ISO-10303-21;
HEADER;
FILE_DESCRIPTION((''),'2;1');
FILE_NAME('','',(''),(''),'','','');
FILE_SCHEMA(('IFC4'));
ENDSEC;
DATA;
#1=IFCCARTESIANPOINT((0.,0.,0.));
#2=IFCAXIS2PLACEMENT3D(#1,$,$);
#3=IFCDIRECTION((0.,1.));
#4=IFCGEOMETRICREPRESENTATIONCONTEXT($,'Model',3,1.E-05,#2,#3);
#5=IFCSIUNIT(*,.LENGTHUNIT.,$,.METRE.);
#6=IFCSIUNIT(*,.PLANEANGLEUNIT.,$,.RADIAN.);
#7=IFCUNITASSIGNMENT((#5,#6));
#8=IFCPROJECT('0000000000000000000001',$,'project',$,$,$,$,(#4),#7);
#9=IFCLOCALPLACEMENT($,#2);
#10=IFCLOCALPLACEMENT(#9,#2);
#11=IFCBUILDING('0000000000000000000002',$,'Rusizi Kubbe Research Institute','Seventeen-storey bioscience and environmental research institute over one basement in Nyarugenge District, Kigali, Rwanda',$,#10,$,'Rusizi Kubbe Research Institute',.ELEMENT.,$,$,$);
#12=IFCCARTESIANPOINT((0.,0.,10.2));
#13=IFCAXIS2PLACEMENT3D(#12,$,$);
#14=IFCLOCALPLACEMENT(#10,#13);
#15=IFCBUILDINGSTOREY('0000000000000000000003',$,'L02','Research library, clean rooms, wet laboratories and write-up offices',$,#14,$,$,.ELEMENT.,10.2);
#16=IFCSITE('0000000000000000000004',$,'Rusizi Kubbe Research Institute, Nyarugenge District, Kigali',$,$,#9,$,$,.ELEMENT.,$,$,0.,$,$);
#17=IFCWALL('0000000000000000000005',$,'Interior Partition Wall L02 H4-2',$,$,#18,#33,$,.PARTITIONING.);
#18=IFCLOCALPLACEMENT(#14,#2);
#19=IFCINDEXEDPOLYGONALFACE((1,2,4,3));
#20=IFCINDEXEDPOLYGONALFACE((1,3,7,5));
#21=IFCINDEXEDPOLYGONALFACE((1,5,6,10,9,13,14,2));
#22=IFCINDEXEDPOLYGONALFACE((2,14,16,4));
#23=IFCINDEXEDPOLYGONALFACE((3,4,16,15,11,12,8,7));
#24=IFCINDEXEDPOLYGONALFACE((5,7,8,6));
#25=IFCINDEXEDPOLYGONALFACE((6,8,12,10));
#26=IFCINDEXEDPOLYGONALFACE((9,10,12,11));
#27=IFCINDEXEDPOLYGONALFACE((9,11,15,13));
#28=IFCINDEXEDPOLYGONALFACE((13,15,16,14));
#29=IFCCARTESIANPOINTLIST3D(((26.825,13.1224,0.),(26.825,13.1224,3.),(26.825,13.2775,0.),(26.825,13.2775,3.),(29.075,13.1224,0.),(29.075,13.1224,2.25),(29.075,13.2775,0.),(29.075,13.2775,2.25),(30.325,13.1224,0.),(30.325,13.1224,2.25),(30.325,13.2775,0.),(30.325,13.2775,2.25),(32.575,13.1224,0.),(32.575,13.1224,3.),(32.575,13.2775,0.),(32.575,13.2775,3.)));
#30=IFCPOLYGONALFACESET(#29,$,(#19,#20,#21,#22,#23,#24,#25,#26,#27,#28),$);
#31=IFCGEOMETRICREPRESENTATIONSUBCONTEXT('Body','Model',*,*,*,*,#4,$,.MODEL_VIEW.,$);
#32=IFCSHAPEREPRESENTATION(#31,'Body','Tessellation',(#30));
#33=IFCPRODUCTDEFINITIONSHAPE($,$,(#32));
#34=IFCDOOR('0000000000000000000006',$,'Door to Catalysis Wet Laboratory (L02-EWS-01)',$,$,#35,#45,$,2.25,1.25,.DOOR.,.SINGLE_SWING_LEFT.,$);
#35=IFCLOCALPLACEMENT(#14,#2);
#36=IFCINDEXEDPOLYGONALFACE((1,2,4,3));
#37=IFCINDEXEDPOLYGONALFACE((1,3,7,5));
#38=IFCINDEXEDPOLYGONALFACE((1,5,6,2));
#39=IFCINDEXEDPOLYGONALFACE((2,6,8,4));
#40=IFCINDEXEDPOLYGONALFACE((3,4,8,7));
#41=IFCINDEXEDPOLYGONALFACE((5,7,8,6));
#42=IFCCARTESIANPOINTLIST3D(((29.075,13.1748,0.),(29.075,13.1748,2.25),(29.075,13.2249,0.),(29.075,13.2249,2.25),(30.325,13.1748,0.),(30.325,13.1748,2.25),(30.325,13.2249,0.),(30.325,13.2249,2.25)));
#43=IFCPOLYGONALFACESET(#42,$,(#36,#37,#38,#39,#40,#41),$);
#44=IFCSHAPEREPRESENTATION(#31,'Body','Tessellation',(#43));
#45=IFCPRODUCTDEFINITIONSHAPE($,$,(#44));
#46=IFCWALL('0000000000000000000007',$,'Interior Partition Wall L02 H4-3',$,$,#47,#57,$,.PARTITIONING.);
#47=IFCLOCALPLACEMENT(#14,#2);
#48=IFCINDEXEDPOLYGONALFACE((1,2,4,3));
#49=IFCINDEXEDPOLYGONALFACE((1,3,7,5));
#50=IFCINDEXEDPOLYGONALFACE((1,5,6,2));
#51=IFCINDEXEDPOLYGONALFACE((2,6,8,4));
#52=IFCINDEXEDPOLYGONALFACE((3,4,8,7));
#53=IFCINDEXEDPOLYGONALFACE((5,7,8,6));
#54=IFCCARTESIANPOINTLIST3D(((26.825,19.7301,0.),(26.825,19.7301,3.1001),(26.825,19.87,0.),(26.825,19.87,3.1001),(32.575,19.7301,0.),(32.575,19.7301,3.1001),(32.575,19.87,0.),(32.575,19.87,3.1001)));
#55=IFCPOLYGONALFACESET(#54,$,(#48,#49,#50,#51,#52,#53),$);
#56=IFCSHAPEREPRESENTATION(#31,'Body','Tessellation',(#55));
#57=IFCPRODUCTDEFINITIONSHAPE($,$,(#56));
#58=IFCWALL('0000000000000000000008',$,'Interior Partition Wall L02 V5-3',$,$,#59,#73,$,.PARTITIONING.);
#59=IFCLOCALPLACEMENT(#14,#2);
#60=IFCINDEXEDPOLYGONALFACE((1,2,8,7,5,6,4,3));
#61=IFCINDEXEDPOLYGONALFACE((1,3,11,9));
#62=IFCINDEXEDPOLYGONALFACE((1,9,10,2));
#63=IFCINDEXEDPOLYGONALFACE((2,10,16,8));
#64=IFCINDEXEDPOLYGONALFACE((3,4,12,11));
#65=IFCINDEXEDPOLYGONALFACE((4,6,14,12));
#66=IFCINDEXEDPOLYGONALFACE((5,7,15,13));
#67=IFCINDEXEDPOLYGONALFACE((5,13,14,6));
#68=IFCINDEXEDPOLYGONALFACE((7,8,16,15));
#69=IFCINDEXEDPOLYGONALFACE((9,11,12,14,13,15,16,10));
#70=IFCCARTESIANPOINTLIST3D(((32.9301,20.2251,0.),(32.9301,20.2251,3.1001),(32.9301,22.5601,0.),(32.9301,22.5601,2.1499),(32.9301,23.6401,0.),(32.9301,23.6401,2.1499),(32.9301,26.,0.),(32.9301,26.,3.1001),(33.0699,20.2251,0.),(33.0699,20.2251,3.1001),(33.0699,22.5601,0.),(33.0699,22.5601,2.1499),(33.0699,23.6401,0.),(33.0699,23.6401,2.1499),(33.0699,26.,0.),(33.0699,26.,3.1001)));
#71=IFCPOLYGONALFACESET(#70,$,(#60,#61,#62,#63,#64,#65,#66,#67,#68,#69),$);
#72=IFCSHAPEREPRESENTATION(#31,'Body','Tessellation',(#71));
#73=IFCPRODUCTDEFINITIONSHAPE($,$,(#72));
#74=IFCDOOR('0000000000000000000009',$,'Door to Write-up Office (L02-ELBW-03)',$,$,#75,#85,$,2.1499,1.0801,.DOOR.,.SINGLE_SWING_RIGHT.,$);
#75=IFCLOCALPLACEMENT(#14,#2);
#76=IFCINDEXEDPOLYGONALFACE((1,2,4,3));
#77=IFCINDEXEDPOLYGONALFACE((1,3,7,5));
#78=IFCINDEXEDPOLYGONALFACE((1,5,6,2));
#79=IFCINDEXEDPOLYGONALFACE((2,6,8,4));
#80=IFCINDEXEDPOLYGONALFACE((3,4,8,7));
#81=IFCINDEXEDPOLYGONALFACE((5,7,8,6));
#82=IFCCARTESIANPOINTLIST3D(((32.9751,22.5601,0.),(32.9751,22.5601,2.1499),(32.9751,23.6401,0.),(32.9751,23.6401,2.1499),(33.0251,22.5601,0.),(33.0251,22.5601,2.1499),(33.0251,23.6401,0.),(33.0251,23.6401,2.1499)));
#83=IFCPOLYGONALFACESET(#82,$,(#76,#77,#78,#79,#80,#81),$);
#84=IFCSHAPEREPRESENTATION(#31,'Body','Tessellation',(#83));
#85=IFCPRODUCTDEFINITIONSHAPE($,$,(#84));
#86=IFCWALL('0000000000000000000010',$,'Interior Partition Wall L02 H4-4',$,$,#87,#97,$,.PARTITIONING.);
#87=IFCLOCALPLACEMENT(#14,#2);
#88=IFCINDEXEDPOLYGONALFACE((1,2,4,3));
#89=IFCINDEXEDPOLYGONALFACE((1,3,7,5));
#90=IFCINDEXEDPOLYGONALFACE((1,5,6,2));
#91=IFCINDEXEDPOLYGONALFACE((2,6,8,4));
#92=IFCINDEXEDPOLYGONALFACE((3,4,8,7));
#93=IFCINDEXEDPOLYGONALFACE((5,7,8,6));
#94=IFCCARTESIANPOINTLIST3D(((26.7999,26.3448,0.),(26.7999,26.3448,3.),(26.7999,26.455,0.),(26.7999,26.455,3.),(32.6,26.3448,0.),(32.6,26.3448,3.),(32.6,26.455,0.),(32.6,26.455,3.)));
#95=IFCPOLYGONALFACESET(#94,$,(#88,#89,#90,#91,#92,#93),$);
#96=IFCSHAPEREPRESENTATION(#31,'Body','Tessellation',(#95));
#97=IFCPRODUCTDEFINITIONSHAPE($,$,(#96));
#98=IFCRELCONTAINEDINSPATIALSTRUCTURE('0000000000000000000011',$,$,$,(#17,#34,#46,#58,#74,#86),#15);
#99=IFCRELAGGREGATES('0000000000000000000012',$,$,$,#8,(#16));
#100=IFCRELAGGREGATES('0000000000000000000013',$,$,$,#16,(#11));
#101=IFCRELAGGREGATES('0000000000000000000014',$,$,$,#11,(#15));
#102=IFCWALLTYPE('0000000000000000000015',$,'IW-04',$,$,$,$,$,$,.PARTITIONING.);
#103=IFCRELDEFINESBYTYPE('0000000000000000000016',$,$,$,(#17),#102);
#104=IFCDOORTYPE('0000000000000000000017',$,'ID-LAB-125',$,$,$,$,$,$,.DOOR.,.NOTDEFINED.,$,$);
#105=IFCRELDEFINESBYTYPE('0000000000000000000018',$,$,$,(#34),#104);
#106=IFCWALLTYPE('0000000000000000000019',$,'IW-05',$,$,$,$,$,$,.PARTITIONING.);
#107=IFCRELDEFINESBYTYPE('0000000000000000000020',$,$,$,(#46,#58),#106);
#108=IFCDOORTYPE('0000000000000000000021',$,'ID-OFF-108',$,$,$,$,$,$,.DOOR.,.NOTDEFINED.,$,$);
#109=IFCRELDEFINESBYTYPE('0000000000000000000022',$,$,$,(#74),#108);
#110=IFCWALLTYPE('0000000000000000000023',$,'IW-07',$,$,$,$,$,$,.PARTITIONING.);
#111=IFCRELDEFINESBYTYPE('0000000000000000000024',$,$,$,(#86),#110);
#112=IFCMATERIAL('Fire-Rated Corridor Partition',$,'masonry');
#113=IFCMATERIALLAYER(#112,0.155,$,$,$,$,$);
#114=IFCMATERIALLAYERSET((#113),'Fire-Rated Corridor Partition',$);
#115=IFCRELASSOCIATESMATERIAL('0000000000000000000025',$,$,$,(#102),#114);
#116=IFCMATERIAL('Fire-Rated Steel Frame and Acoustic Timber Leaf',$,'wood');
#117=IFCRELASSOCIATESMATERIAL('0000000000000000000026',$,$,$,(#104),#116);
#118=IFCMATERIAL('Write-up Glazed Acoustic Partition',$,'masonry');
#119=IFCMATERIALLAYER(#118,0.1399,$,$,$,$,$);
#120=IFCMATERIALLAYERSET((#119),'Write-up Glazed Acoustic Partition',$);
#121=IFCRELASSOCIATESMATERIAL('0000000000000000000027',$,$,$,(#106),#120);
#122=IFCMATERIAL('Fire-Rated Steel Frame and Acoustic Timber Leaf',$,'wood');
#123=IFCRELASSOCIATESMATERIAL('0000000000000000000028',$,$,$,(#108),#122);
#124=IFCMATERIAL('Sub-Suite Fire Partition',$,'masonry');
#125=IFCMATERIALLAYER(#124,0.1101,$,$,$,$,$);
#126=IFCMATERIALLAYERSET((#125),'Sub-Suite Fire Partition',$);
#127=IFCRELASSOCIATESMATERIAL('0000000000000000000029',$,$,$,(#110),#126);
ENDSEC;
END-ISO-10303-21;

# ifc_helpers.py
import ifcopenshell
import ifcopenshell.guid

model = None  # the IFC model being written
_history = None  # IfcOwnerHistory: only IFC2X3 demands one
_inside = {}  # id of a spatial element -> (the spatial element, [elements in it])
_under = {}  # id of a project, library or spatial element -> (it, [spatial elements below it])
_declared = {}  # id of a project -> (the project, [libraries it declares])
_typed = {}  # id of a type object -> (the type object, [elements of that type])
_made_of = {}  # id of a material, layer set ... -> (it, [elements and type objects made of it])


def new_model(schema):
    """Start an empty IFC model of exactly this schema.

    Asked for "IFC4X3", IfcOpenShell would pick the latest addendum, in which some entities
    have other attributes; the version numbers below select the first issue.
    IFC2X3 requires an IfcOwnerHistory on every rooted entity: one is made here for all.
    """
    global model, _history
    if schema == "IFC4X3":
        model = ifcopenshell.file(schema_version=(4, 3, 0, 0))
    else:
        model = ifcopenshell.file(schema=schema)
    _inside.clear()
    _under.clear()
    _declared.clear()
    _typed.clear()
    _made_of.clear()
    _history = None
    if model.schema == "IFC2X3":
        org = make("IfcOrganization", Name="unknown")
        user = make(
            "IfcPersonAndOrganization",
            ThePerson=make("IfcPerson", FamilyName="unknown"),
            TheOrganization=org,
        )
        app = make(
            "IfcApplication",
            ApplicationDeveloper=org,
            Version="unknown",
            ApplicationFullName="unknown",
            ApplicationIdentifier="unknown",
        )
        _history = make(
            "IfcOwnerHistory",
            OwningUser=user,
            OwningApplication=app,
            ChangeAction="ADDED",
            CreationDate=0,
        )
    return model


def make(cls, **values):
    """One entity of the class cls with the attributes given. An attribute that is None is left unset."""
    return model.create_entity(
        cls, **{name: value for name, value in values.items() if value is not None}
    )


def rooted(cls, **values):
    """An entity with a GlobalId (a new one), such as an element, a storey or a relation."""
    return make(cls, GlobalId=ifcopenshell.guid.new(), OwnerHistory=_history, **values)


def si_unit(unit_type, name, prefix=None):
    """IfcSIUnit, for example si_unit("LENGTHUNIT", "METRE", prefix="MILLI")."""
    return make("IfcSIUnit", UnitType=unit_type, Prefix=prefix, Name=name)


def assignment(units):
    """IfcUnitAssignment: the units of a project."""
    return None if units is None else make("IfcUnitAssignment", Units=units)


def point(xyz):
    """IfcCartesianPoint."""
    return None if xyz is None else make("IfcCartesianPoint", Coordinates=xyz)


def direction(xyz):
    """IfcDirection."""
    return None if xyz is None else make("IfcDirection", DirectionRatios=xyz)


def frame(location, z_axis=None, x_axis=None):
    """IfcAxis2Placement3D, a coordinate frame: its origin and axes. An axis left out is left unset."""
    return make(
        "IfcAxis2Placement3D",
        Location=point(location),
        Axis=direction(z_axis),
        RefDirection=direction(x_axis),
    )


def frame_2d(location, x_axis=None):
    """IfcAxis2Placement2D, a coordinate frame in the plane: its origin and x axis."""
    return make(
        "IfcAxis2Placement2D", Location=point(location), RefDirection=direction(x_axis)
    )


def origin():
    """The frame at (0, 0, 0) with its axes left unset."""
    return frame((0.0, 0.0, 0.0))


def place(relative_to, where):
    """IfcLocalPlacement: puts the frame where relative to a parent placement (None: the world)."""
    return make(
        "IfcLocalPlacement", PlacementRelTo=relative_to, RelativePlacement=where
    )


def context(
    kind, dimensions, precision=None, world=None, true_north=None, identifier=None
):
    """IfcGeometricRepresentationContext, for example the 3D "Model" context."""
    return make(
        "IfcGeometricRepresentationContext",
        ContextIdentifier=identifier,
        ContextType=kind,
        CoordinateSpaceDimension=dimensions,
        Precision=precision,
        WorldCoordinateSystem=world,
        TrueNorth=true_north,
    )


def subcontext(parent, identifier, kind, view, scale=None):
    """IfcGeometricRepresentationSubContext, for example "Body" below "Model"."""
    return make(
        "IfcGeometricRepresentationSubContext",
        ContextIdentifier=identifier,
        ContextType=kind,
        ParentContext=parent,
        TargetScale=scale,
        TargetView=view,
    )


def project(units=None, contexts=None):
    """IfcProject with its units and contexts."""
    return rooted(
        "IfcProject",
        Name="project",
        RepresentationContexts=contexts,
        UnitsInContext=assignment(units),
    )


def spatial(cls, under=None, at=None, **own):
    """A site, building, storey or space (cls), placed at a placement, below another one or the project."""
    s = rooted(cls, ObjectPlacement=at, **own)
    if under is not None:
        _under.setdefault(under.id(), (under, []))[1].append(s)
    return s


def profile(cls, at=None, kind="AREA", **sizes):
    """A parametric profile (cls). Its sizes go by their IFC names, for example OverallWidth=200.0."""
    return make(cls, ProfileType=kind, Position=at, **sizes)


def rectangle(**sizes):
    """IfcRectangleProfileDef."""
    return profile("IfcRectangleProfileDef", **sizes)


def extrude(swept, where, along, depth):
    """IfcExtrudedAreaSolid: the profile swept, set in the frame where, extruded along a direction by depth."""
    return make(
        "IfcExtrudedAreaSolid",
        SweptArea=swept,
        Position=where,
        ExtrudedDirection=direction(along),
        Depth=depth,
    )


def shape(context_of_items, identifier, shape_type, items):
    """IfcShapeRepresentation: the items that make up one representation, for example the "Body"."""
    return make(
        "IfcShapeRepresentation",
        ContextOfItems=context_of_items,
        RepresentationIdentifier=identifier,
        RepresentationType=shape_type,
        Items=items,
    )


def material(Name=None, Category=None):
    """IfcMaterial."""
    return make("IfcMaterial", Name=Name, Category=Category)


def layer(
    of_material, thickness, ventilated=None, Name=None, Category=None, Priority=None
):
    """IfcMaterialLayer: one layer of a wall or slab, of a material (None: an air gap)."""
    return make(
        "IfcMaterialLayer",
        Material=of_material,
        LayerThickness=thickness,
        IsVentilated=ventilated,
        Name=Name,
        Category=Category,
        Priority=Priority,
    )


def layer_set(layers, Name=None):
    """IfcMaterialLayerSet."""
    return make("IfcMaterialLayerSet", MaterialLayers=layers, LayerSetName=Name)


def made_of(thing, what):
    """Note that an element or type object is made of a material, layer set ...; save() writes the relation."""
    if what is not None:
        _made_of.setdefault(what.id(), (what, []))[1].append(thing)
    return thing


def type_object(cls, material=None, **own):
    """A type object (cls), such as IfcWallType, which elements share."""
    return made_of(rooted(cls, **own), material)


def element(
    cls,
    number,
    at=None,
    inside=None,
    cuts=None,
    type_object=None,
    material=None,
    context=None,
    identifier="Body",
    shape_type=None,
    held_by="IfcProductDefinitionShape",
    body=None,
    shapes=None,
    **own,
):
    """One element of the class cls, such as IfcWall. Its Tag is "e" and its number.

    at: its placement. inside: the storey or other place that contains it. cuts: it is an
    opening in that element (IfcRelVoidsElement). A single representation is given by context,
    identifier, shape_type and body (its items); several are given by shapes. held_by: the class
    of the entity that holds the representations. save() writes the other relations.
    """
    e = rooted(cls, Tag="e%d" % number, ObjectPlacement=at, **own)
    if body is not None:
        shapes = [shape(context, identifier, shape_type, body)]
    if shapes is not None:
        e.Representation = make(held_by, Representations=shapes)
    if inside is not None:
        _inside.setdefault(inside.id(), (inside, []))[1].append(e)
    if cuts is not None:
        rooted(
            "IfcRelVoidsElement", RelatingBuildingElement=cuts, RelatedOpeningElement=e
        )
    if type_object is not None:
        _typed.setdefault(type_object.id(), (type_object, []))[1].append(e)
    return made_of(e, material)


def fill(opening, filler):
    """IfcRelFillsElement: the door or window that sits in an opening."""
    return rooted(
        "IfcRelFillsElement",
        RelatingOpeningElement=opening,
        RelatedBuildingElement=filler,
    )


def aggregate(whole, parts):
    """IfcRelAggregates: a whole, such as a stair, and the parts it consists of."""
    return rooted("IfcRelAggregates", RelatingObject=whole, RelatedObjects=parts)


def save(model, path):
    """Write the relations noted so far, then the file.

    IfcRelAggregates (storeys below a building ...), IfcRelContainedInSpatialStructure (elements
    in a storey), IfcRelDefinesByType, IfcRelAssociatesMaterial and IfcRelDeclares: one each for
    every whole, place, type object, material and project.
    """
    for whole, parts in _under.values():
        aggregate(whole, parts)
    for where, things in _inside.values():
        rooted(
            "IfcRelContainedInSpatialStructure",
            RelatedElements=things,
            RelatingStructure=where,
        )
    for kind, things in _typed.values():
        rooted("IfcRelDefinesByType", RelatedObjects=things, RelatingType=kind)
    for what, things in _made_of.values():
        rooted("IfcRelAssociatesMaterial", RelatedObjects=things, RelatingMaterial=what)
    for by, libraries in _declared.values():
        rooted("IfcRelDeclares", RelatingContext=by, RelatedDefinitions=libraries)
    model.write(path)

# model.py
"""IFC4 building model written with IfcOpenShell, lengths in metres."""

from ifc_helpers import new_model, si_unit, direction, frame, frame_2d, origin, place, context, subcontext, project, spatial, rectangle, extrude, material, layer, layer_set, type_object, element, fill, save


model = new_model("IFC4")

# Units and contexts
model_context = context("Model", 3, precision=1e-05, world=origin(), true_north=direction((0.0, 1.0)))
body_context = subcontext(model_context, "Body", "Model", "MODEL_VIEW")
ifc_project = project(units=[si_unit("LENGTHUNIT", "METRE"), si_unit("PLANEANGLEUNIT", "RADIAN")], contexts=[model_context])

# Site, building, storey
site_placement = place(None, origin())
site = spatial("IfcSite", under=ifc_project, at=site_placement, Name="Rusizi Kubbe Research Institute, Nyarugenge District, Kigali", CompositionType="ELEMENT", RefElevation=0.0)
building_placement = place(site_placement, origin())
building = spatial("IfcBuilding", under=site, at=building_placement, Name="Rusizi Kubbe Research Institute", Description="Seventeen-storey bioscience and environmental research institute over one basement in Nyarugenge District, Kigali, Rwanda", LongName="Rusizi Kubbe Research Institute", CompositionType="ELEMENT")
storey_placement = place(building_placement, frame((0.0, 0.0, 10.2)))
storey = spatial("IfcBuildingStorey", under=building, at=storey_placement, Name="L02", Description="Research library, clean rooms, wet laboratories and write-up offices", CompositionType="ELEMENT", Elevation=10.2)

# Wall, opening, door
ifc_material_1 = material(Name="Fire-Rated Corridor Partition", Category="masonry")
ifc_layer_1 = layer(ifc_material_1, 0.155)
ifc_layer_set_1 = layer_set([ifc_layer_1], Name="Fire-Rated Corridor Partition")
wall_type_1 = type_object("IfcWallType", Name="IW-04", PredefinedType="PARTITIONING", material=ifc_layer_set_1)
wall_1_placement = place(storey_placement, frame((26.825, 13.2, 0.0), z_axis=(0.0, 0.0, 1.0), x_axis=(1.0, 0.0, 0.0)))
wall_1 = element("IfcWall", 1, at=wall_1_placement, inside=storey, type_object=wall_type_1, Name="Interior Partition Wall L02 H4-2", PredefinedType="PARTITIONING", context=body_context, shape_type="SweptSolid", body=[
    extrude(rectangle(XDim=5.75, YDim=0.155, at=frame_2d((2.875, 0.0))), origin(), (0.0, 0.0, 1.0), 3.0),
])
opening_1_placement = place(wall_1_placement, frame((2.25, 0.0, 0.0)))
opening_1 = element("IfcOpeningElement", 2, at=opening_1_placement, cuts=wall_1, PredefinedType="OPENING", context=body_context, shape_type="SweptSolid", body=[
    extrude(rectangle(XDim=1.25, YDim=2.25, at=frame_2d((0.625, 1.125))), frame((0.0, 0.0874, 0.0), z_axis=(0.0, -1.0, 0.0), x_axis=(1.0, 0.0, 0.0)), (0.0, 0.0, 1.0), 0.175),
])
ifc_material_2 = material(Name="Fire-Rated Steel Frame and Acoustic Timber Leaf", Category="wood")
door_type_1 = type_object("IfcDoorType", Name="ID-LAB-125", OperationType="NOTDEFINED", PredefinedType="DOOR", material=ifc_material_2)
door_1_placement = place(opening_1_placement, origin())
door_1 = element("IfcDoor", 3, at=door_1_placement, inside=storey, type_object=door_type_1, Name="Door to Catalysis Wet Laboratory (L02-EWS-01)", OperationType="SINGLE_SWING_LEFT", OverallHeight=2.25, OverallWidth=1.25, PredefinedType="DOOR", context=body_context, shape_type="SweptSolid", body=[
    extrude(rectangle(XDim=1.25, YDim=2.25, at=frame_2d((0.625, 1.125))), frame((0.0, 0.0249, 0.0), z_axis=(0.0, -1.0, 0.0), x_axis=(1.0, 0.0, 0.0)), (0.0, 0.0, 1.0), 0.05),
])
fill(opening_1, door_1)

# Wall
ifc_material_3 = material(Name="Write-up Glazed Acoustic Partition", Category="masonry")
ifc_layer_2 = layer(ifc_material_3, 0.1399)
ifc_layer_set_2 = layer_set([ifc_layer_2], Name="Write-up Glazed Acoustic Partition")
wall_type_2 = type_object("IfcWallType", Name="IW-05", PredefinedType="PARTITIONING", material=ifc_layer_set_2)
wall_2_placement = place(storey_placement, frame((26.825, 19.8, 0.0), z_axis=(0.0, 0.0, 1.0), x_axis=(1.0, 0.0, 0.0)))
element("IfcWall", 4, at=wall_2_placement, inside=storey, type_object=wall_type_2, Name="Interior Partition Wall L02 H4-3", PredefinedType="PARTITIONING", context=body_context, shape_type="SweptSolid", body=[
    extrude(rectangle(XDim=5.75, YDim=0.1399, at=frame_2d((2.875, 0.0))), origin(), (0.0, 0.0, 1.0), 3.1001),
])

# Wall, opening, door
wall_3_placement = place(storey_placement, frame((33.0, 20.2251, 0.0), z_axis=(0.0, 0.0, 1.0), x_axis=(0.0, 1.0, 0.0)))
wall_3 = element("IfcWall", 5, at=wall_3_placement, inside=storey, type_object=wall_type_2, Name="Interior Partition Wall L02 V5-3", PredefinedType="PARTITIONING", context=body_context, shape_type="SweptSolid", body=[
    extrude(rectangle(XDim=5.7749, YDim=0.1399, at=frame_2d((2.8875, 0.0))), origin(), (0.0, 0.0, 1.0), 3.1001),
])
opening_2_placement = place(wall_3_placement, frame((2.335, 0.0, 0.0)))
opening_2 = element("IfcOpeningElement", 6, at=opening_2_placement, cuts=wall_3, PredefinedType="OPENING", context=body_context, shape_type="SweptSolid", body=[
    extrude(rectangle(XDim=1.0801, YDim=2.1499, at=frame_2d((0.54, 1.075))), frame((0.0, 0.0798, 0.0), z_axis=(0.0, -1.0, 0.0), x_axis=(1.0, 0.0, 0.0)), (0.0, 0.0, 1.0), 0.1599),
])
ifc_material_4 = material(Name="Fire-Rated Steel Frame and Acoustic Timber Leaf", Category="wood")
door_type_2 = type_object("IfcDoorType", Name="ID-OFF-108", OperationType="NOTDEFINED", PredefinedType="DOOR", material=ifc_material_4)
door_2_placement = place(opening_2_placement, origin())
door_2 = element("IfcDoor", 7, at=door_2_placement, inside=storey, type_object=door_type_2, Name="Door to Write-up Office (L02-ELBW-03)", OperationType="SINGLE_SWING_RIGHT", OverallHeight=2.1499, OverallWidth=1.0801, PredefinedType="DOOR", context=body_context, shape_type="SweptSolid", body=[
    extrude(rectangle(XDim=1.0801, YDim=2.1499, at=frame_2d((0.54, 1.075))), frame((0.0, 0.0249, 0.0), z_axis=(0.0, -1.0, 0.0), x_axis=(1.0, 0.0, 0.0)), (0.0, 0.0, 1.0), 0.05),
])
fill(opening_2, door_2)

# Wall
ifc_material_5 = material(Name="Sub-Suite Fire Partition", Category="masonry")
ifc_layer_3 = layer(ifc_material_5, 0.1101)
ifc_layer_set_3 = layer_set([ifc_layer_3], Name="Sub-Suite Fire Partition")
wall_type_3 = type_object("IfcWallType", Name="IW-07", PredefinedType="PARTITIONING", material=ifc_layer_set_3)
wall_4_placement = place(storey_placement, frame((26.8, 26.3999, 0.0), z_axis=(0.0, 0.0, 1.0), x_axis=(1.0, 0.0, 0.0)))
element("IfcWall", 8, at=wall_4_placement, inside=storey, type_object=wall_type_3, Name="Interior Partition Wall L02 H4-4", PredefinedType="PARTITIONING", context=body_context, shape_type="SweptSolid", body=[
    extrude(rectangle(XDim=5.8, YDim=0.1101, at=frame_2d((2.8999, 0.0))), origin(), (0.0, 0.0, 1.0), 3.0),
])

save(model, "model.ifc")
